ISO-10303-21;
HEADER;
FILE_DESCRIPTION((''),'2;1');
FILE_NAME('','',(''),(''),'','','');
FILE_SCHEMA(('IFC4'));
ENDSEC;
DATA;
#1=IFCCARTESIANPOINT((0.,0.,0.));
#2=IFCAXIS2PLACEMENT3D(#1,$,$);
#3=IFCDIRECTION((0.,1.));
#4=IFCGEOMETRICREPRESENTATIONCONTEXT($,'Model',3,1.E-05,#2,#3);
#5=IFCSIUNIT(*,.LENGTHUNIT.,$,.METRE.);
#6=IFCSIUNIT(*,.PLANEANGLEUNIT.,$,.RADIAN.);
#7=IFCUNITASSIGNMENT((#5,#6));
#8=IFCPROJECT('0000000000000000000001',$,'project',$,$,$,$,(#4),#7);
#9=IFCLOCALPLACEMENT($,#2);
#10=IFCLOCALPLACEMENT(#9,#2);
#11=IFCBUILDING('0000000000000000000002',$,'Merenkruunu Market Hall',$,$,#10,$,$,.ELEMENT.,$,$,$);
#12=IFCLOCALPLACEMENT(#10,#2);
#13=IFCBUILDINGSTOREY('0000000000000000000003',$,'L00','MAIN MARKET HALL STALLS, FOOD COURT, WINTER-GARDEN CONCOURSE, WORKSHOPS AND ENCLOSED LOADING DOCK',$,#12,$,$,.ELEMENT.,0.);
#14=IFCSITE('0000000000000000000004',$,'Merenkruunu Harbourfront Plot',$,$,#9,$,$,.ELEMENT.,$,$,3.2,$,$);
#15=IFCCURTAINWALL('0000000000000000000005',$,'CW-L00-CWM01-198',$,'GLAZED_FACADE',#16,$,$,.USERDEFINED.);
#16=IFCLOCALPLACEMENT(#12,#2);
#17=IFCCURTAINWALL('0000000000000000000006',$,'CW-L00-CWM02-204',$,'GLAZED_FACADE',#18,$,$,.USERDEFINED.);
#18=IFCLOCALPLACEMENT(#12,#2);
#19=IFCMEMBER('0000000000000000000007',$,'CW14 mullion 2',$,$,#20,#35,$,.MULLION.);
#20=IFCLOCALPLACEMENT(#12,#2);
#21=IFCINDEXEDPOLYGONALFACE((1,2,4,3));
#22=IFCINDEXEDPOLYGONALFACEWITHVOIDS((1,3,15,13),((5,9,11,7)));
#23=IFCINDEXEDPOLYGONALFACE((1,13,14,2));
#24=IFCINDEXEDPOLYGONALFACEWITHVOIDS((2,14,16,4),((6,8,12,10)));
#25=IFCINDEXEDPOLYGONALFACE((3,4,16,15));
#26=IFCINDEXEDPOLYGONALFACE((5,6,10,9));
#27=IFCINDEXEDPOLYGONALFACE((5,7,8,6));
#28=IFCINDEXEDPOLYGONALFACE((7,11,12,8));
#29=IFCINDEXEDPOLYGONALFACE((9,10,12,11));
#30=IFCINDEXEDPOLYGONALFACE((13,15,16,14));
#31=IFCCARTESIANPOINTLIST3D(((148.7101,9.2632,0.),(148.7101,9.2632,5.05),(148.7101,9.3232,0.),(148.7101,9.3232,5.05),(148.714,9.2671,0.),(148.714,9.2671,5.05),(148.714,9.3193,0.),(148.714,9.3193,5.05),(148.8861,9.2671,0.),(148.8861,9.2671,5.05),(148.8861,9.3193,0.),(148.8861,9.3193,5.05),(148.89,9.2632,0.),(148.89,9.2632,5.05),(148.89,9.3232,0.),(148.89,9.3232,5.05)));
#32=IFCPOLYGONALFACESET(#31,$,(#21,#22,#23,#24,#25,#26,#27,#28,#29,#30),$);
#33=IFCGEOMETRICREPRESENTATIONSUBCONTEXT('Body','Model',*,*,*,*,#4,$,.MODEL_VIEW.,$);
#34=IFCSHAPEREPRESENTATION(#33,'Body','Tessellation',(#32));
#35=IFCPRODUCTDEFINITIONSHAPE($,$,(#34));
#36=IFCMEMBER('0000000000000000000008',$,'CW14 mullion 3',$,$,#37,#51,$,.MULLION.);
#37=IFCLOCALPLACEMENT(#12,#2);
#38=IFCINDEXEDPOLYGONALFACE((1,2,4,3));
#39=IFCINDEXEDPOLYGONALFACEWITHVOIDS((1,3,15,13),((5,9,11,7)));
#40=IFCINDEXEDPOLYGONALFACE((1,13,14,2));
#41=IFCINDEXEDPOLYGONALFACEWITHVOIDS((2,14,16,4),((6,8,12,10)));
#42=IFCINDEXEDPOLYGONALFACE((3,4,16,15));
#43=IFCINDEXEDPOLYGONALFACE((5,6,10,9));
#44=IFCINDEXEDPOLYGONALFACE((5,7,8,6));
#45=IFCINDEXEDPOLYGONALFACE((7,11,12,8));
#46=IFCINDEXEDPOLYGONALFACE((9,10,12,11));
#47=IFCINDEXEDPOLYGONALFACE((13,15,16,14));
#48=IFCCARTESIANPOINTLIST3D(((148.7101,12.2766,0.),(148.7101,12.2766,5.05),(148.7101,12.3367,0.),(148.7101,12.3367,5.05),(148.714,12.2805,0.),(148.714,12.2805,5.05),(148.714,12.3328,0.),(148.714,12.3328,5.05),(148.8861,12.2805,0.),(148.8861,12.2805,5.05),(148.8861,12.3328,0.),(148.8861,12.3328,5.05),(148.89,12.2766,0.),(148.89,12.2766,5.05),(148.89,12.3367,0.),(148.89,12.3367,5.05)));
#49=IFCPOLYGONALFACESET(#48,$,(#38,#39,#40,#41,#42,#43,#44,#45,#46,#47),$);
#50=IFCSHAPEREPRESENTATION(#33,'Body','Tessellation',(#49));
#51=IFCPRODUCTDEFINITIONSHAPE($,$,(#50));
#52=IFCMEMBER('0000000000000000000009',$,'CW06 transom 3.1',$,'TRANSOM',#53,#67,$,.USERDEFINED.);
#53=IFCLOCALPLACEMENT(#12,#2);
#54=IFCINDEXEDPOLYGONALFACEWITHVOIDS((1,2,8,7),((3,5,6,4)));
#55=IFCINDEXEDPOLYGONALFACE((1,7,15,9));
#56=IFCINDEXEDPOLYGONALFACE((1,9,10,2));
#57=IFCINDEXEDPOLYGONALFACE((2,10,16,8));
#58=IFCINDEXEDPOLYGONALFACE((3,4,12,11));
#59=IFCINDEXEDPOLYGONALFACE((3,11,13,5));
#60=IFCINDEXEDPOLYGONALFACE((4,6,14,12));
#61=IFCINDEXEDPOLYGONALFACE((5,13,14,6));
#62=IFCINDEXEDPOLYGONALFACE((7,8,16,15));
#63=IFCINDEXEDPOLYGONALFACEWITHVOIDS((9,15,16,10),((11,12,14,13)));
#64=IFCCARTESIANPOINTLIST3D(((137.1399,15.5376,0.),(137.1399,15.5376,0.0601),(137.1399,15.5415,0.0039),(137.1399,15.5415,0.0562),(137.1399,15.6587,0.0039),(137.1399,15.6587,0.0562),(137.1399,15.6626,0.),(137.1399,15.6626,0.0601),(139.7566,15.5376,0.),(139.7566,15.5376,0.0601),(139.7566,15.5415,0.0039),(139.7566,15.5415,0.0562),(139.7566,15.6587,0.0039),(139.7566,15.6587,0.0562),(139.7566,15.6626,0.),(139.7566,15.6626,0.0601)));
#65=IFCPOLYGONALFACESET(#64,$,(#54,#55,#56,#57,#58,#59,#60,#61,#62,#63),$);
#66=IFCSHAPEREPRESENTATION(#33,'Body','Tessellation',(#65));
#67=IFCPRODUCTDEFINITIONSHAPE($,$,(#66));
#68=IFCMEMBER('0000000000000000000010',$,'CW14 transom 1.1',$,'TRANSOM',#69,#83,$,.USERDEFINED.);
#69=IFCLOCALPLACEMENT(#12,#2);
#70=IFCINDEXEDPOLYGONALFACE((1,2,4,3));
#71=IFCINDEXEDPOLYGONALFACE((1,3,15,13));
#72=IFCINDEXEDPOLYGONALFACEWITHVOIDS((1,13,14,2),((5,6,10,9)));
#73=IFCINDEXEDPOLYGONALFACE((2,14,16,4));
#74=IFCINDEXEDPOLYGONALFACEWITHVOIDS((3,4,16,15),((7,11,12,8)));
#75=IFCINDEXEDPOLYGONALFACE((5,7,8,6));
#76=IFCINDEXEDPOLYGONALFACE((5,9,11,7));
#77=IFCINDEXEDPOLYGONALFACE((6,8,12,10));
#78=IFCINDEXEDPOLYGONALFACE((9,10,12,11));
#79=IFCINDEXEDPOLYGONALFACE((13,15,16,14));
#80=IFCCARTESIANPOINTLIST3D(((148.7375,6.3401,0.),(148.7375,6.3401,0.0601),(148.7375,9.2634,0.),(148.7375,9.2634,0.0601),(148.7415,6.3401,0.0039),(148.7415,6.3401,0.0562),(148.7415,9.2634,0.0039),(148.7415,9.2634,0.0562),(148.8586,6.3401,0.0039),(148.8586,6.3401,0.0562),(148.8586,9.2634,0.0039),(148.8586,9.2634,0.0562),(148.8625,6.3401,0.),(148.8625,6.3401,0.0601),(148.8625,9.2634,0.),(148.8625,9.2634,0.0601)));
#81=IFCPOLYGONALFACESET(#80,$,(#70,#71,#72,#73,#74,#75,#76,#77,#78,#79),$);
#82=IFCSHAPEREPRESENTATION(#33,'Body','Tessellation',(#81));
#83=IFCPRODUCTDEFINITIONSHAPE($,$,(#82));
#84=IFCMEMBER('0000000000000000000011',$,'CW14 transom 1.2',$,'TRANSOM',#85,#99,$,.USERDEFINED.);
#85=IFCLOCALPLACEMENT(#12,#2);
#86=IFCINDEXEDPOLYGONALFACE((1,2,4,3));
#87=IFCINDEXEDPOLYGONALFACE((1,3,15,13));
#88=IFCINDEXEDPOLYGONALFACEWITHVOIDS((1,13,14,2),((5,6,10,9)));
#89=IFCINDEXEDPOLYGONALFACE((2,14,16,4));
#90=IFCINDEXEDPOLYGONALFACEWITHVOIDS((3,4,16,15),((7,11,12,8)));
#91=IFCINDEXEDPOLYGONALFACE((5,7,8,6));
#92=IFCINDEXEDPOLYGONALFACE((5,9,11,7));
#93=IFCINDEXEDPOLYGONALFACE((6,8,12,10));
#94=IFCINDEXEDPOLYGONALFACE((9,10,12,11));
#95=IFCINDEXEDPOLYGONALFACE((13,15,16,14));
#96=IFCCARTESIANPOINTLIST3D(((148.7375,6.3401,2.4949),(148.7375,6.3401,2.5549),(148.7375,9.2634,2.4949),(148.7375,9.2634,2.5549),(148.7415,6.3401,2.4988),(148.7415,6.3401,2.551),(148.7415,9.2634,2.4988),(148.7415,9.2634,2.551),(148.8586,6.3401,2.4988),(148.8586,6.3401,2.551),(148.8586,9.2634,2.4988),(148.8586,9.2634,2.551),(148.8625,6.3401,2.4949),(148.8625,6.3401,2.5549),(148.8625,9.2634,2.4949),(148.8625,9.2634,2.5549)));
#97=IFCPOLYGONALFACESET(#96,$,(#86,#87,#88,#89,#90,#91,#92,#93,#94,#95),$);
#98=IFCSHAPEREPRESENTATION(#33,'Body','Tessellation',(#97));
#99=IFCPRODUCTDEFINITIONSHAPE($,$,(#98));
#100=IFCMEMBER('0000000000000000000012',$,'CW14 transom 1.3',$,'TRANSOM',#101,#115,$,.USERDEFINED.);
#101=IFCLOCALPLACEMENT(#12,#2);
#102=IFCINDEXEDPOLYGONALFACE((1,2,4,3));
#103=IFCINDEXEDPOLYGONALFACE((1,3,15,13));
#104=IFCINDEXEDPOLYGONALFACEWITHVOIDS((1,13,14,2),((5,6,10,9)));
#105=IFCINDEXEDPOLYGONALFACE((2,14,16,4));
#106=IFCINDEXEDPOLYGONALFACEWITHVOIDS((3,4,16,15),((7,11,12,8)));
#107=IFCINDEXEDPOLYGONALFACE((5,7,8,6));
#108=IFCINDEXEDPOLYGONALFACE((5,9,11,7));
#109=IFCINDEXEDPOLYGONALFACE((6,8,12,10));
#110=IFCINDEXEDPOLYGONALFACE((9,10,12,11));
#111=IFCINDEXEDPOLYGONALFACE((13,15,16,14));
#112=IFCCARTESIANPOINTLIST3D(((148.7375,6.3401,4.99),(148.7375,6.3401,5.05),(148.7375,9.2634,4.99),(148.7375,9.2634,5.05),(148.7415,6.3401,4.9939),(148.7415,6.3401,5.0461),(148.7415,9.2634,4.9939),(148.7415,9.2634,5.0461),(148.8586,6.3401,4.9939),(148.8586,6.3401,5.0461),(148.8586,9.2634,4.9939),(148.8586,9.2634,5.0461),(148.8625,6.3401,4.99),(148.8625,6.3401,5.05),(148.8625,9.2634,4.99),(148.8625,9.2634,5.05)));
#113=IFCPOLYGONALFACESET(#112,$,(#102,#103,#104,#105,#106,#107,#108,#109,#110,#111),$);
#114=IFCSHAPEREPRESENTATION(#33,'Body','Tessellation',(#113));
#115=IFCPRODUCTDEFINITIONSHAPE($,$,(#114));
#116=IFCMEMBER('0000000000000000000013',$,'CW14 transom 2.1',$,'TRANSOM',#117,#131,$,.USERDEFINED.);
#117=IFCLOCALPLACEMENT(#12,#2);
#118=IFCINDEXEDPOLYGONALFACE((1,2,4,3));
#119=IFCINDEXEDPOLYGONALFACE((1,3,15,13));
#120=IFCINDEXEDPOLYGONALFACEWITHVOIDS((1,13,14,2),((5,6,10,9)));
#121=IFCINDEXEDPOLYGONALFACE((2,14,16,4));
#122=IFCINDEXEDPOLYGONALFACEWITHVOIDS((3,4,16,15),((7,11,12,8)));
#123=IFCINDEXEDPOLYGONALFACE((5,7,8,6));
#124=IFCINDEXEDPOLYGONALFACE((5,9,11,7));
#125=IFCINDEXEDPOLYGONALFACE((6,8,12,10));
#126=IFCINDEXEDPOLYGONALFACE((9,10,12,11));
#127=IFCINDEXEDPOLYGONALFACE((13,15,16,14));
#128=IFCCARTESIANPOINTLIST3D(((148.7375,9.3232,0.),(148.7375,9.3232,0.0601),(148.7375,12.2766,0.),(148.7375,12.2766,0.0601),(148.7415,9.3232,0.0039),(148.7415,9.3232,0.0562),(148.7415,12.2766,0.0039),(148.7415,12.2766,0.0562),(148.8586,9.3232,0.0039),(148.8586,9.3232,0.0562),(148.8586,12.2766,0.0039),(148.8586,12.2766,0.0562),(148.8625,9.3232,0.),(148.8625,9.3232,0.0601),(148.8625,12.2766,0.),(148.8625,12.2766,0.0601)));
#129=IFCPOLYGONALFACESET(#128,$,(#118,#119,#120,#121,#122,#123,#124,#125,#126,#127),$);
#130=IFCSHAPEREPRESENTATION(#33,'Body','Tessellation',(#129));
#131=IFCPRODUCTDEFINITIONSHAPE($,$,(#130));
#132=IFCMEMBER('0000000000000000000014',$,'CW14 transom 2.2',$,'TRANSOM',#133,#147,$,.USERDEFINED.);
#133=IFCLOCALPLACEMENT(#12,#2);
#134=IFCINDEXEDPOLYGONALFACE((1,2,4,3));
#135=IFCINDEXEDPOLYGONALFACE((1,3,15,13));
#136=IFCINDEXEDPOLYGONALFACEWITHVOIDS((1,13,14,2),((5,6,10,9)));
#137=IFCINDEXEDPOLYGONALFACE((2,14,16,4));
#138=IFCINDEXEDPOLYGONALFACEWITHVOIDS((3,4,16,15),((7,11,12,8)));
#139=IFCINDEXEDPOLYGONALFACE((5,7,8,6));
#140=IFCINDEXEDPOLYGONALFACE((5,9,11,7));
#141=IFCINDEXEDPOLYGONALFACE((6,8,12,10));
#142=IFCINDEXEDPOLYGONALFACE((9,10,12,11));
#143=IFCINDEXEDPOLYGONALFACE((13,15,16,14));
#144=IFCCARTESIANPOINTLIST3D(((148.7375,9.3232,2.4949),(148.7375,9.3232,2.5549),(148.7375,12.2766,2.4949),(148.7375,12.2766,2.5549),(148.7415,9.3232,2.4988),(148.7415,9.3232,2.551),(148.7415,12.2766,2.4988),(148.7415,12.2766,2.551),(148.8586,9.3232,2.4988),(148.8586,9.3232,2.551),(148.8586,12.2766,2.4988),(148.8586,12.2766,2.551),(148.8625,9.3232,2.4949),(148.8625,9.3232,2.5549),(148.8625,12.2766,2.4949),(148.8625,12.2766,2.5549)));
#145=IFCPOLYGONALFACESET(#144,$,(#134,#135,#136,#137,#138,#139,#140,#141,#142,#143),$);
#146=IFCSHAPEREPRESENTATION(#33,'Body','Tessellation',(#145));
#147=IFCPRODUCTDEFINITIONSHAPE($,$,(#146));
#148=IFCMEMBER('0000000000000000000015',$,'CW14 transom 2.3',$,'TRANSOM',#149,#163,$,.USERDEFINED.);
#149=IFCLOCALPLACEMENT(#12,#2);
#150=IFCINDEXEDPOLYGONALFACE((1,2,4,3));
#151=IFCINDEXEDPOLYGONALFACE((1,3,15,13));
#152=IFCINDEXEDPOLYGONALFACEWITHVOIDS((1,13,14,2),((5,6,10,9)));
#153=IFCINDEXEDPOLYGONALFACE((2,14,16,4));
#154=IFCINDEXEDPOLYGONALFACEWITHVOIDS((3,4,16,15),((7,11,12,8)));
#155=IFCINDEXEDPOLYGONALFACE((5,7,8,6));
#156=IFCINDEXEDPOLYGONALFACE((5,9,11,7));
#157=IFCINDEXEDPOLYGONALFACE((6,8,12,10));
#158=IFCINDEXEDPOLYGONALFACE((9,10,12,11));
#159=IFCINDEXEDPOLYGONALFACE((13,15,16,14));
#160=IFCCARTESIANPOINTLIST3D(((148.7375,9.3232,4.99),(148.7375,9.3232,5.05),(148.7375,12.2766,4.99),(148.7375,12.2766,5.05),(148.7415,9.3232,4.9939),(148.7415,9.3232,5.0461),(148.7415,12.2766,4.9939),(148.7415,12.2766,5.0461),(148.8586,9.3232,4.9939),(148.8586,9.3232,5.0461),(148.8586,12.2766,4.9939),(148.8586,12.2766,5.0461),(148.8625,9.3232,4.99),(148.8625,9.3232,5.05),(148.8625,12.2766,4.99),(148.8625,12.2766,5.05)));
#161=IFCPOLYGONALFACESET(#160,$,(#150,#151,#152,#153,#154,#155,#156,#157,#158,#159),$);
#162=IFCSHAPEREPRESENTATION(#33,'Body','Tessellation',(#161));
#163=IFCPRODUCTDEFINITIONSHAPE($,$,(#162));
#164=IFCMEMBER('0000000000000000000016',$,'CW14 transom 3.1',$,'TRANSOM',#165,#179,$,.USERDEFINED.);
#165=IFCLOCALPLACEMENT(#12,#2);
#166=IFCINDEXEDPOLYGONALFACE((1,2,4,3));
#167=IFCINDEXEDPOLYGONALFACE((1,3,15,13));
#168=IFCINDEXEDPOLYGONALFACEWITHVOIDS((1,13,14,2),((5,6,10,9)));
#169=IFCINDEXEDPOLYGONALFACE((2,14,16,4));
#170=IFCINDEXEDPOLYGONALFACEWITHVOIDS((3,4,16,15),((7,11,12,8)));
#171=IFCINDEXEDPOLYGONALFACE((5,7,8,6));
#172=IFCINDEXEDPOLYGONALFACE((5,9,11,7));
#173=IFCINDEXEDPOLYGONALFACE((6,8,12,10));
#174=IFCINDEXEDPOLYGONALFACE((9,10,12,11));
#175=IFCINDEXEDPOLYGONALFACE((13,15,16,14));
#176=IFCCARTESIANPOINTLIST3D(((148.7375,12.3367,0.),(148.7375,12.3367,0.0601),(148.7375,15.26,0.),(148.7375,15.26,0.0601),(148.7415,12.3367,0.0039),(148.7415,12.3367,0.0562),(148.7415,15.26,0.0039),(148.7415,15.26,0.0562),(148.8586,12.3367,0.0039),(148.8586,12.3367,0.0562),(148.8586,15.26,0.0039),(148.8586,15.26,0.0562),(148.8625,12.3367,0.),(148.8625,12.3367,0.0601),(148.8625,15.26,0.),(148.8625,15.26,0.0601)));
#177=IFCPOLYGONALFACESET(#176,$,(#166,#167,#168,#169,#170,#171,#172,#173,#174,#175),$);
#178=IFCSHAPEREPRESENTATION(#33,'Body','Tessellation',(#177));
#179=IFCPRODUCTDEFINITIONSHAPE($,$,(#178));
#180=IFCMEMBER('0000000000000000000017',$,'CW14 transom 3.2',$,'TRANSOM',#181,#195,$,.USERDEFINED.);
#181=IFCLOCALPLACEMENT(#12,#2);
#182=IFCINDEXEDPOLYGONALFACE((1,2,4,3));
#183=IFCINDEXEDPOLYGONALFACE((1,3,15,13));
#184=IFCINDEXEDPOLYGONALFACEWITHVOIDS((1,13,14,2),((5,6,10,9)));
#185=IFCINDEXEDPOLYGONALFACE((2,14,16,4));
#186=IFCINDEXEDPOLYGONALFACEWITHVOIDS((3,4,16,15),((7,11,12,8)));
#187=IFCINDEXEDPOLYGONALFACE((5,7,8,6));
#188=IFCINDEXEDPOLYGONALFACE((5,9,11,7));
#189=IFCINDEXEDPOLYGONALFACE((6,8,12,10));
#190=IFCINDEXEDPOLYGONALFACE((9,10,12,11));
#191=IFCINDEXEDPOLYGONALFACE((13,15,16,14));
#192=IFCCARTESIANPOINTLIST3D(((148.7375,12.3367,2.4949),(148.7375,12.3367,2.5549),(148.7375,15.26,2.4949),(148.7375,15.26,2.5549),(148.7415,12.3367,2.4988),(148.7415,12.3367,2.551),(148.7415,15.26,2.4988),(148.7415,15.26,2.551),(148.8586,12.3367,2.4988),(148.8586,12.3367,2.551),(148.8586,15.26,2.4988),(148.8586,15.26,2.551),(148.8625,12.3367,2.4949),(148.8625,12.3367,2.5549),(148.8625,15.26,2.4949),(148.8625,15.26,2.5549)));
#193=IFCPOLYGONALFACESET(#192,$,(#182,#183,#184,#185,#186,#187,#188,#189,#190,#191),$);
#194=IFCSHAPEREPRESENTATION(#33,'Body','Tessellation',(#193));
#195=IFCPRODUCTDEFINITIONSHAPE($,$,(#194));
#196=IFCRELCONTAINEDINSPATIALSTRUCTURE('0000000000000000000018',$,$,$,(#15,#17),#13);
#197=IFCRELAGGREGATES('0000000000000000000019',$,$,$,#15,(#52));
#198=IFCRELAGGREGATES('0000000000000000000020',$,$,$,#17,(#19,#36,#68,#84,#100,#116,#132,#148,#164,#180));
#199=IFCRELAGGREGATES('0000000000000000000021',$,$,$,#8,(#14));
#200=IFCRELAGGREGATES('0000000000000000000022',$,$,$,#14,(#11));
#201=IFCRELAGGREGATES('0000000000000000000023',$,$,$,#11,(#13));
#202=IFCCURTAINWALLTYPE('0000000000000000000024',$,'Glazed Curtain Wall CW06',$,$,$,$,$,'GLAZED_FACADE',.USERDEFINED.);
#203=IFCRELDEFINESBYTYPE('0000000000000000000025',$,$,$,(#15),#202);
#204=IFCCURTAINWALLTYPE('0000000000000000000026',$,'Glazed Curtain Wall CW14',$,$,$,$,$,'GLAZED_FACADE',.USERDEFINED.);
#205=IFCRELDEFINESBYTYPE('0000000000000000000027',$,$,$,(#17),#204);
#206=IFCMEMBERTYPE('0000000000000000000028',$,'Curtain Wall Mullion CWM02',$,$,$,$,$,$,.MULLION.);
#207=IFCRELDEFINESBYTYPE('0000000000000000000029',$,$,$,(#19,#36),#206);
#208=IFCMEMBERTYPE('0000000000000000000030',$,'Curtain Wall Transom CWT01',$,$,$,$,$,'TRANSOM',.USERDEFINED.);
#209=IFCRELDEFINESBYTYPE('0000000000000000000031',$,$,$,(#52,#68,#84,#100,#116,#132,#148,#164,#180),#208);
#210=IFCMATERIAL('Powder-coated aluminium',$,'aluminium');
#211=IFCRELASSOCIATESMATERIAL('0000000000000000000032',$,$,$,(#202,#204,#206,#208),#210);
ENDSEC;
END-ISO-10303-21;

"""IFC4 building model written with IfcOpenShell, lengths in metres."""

from ifc_helpers import new_model, si_unit, direction, frame, origin, origin_2d, place, context, subcontext, project, spatial, hollow_rectangle, extrude, material, material_profile, profile_set, type_object, element, aggregate, save


model = new_model("IFC4")

# Units and contexts
model_context = context("Model", 3, precision=1e-05, world=origin(), true_north=direction((0.0, 1.0)))
body_context = subcontext(model_context, "Body", "Model", "MODEL_VIEW")
ifc_project = project(units=[si_unit("LENGTHUNIT", "METRE"), si_unit("PLANEANGLEUNIT", "RADIAN")], contexts=[model_context])

# Site, building, storey
site_placement = place(None, origin())
site = spatial("IfcSite", under=ifc_project, at=site_placement, Name="Merenkruunu Harbourfront Plot", CompositionType="ELEMENT", RefElevation=3.2)
building_placement = place(site_placement, origin())
building = spatial("IfcBuilding", under=site, at=building_placement, Name="Merenkruunu Market Hall", CompositionType="ELEMENT")
storey_placement = place(building_placement, origin())
storey = spatial("IfcBuildingStorey", under=building, at=storey_placement, Name="L00", Description="MAIN MARKET HALL STALLS, FOOD COURT, WINTER-GARDEN CONCOURSE, WORKSHOPS AND ENCLOSED LOADING DOCK", CompositionType="ELEMENT", Elevation=0.0)

# Curtain wall
ifc_material_1 = material(Name="Powder-coated aluminium", Category="aluminium")
curtain_wall_type_1 = type_object("IfcCurtainWallType", Name="Glazed Curtain Wall CW06", ElementType="GLAZED_FACADE", PredefinedType="USERDEFINED", material=ifc_material_1)
curtain_wall_1_placement = place(storey_placement, origin())
curtain_wall_1 = element("IfcCurtainWall", 1, at=curtain_wall_1_placement, inside=storey, type_object=curtain_wall_type_1, Name="CW-L00-CWM01-198", ObjectType="GLAZED_FACADE", PredefinedType="USERDEFINED")

# Curtain wall, members
curtain_wall_type_2 = type_object("IfcCurtainWallType", Name="Glazed Curtain Wall CW14", ElementType="GLAZED_FACADE", PredefinedType="USERDEFINED", material=ifc_material_1)
curtain_wall_2_placement = place(storey_placement, origin())
curtain_wall_2 = element("IfcCurtainWall", 2, at=curtain_wall_2_placement, inside=storey, type_object=curtain_wall_type_2, Name="CW-L00-CWM02-204", ObjectType="GLAZED_FACADE", PredefinedType="USERDEFINED")
ifc_material_profile_1 = material_profile(ifc_material_1, hollow_rectangle(XDim=0.0601, YDim=0.1799, WallThickness=0.0039, at=origin_2d()), Name="ALU 60x180x4")
ifc_profile_set_1 = profile_set([ifc_material_profile_1], Name="Powder-coated aluminium")
member_type_1 = type_object("IfcMemberType", Name="Curtain Wall Mullion CWM02", PredefinedType="MULLION", material=ifc_profile_set_1)
member_1_placement = place(storey_placement, frame((148.8, 9.2932, 0.0), z_axis=(0.0, 0.0, 1.0), x_axis=(0.0, 1.0, 0.0)))
member_1 = element("IfcMember", 3, at=member_1_placement, type_object=member_type_1, Name="CW14 mullion 2", PredefinedType="MULLION", context=body_context, shape_type="SweptSolid", body=[
    extrude(hollow_rectangle(XDim=0.0601, YDim=0.1799, WallThickness=0.0039, at=origin_2d()), origin(), (0.0, 0.0, 1.0), 5.05),
])
member_2_placement = place(storey_placement, frame((148.8, 12.3066, 0.0), z_axis=(0.0, 0.0, 1.0), x_axis=(0.0, 1.0, 0.0)))
member_2 = element("IfcMember", 4, at=member_2_placement, type_object=member_type_1, Name="CW14 mullion 3", PredefinedType="MULLION", context=body_context, shape_type="SweptSolid", body=[
    extrude(hollow_rectangle(XDim=0.0601, YDim=0.1799, WallThickness=0.0039, at=origin_2d()), origin(), (0.0, 0.0, 1.0), 5.05),
])

# Members
ifc_material_profile_2 = material_profile(ifc_material_1, hollow_rectangle(XDim=0.0601, YDim=0.125, WallThickness=0.0039, at=origin_2d()), Name="ALU 60x125x4")
ifc_profile_set_2 = profile_set([ifc_material_profile_2], Name="Powder-coated aluminium")
member_type_2 = type_object("IfcMemberType", Name="Curtain Wall Transom CWT01", ElementType="TRANSOM", PredefinedType="USERDEFINED", material=ifc_profile_set_2)
member_3_placement = place(storey_placement, frame((139.7566, 15.6001, 0.03), z_axis=(-1.0, 0.0, 0.0), x_axis=(0.0, 0.0, 1.0)))
member_3 = element("IfcMember", 5, at=member_3_placement, type_object=member_type_2, Name="CW06 transom 3.1", ObjectType="TRANSOM", PredefinedType="USERDEFINED", context=body_context, shape_type="SweptSolid", body=[
    extrude(hollow_rectangle(XDim=0.0601, YDim=0.125, WallThickness=0.0039, at=origin_2d()), origin(), (0.0, 0.0, 1.0), 2.6167),
])
member_4_placement = place(storey_placement, frame((148.8, 6.3401, 0.03), z_axis=(0.0, 1.0, 0.0), x_axis=(0.0, 0.0, 1.0)))
member_4 = element("IfcMember", 6, at=member_4_placement, type_object=member_type_2, Name="CW14 transom 1.1", ObjectType="TRANSOM", PredefinedType="USERDEFINED", context=body_context, shape_type="SweptSolid", body=[
    extrude(hollow_rectangle(XDim=0.0601, YDim=0.125, WallThickness=0.0039, at=origin_2d()), origin(), (0.0, 0.0, 1.0), 2.9233),
])
member_5_placement = place(storey_placement, frame((148.8, 6.3401, 2.5249), z_axis=(0.0, 1.0, 0.0), x_axis=(0.0, 0.0, 1.0)))
member_5 = element("IfcMember", 7, at=member_5_placement, type_object=member_type_2, Name="CW14 transom 1.2", ObjectType="TRANSOM", PredefinedType="USERDEFINED", context=body_context, shape_type="SweptSolid", body=[
    extrude(hollow_rectangle(XDim=0.0601, YDim=0.125, WallThickness=0.0039, at=origin_2d()), origin(), (0.0, 0.0, 1.0), 2.9233),
])
member_6_placement = place(storey_placement, frame((148.8, 6.3401, 5.02), z_axis=(0.0, 1.0, 0.0), x_axis=(0.0, 0.0, 1.0)))
member_6 = element("IfcMember", 8, at=member_6_placement, type_object=member_type_2, Name="CW14 transom 1.3", ObjectType="TRANSOM", PredefinedType="USERDEFINED", context=body_context, shape_type="SweptSolid", body=[
    extrude(hollow_rectangle(XDim=0.0601, YDim=0.125, WallThickness=0.0039, at=origin_2d()), origin(), (0.0, 0.0, 1.0), 2.9233),
])
member_7_placement = place(storey_placement, frame((148.8, 9.3232, 0.03), z_axis=(0.0, 1.0, 0.0), x_axis=(0.0, 0.0, 1.0)))
member_7 = element("IfcMember", 9, at=member_7_placement, type_object=member_type_2, Name="CW14 transom 2.1", ObjectType="TRANSOM", PredefinedType="USERDEFINED", context=body_context, shape_type="SweptSolid", body=[
    extrude(hollow_rectangle(XDim=0.0601, YDim=0.125, WallThickness=0.0039, at=origin_2d()), origin(), (0.0, 0.0, 1.0), 2.9534),
])
member_8_placement = place(storey_placement, frame((148.8, 9.3232, 2.5249), z_axis=(0.0, 1.0, 0.0), x_axis=(0.0, 0.0, 1.0)))
member_8 = element("IfcMember", 10, at=member_8_placement, type_object=member_type_2, Name="CW14 transom 2.2", ObjectType="TRANSOM", PredefinedType="USERDEFINED", context=body_context, shape_type="SweptSolid", body=[
    extrude(hollow_rectangle(XDim=0.0601, YDim=0.125, WallThickness=0.0039, at=origin_2d()), origin(), (0.0, 0.0, 1.0), 2.9534),
])
member_9_placement = place(storey_placement, frame((148.8, 9.3232, 5.02), z_axis=(0.0, 1.0, 0.0), x_axis=(0.0, 0.0, 1.0)))
member_9 = element("IfcMember", 11, at=member_9_placement, type_object=member_type_2, Name="CW14 transom 2.3", ObjectType="TRANSOM", PredefinedType="USERDEFINED", context=body_context, shape_type="SweptSolid", body=[
    extrude(hollow_rectangle(XDim=0.0601, YDim=0.125, WallThickness=0.0039, at=origin_2d()), origin(), (0.0, 0.0, 1.0), 2.9534),
])
member_10_placement = place(storey_placement, frame((148.8, 12.3367, 0.03), z_axis=(0.0, 1.0, 0.0), x_axis=(0.0, 0.0, 1.0)))
member_10 = element("IfcMember", 12, at=member_10_placement, type_object=member_type_2, Name="CW14 transom 3.1", ObjectType="TRANSOM", PredefinedType="USERDEFINED", context=body_context, shape_type="SweptSolid", body=[
    extrude(hollow_rectangle(XDim=0.0601, YDim=0.125, WallThickness=0.0039, at=origin_2d()), origin(), (0.0, 0.0, 1.0), 2.9233),
])
member_11_placement = place(storey_placement, frame((148.8, 12.3367, 2.5249), z_axis=(0.0, 1.0, 0.0), x_axis=(0.0, 0.0, 1.0)))
member_11 = element("IfcMember", 13, at=member_11_placement, type_object=member_type_2, Name="CW14 transom 3.2", ObjectType="TRANSOM", PredefinedType="USERDEFINED", context=body_context, shape_type="SweptSolid", body=[
    extrude(hollow_rectangle(XDim=0.0601, YDim=0.125, WallThickness=0.0039, at=origin_2d()), origin(), (0.0, 0.0, 1.0), 2.9233),
])

aggregate(curtain_wall_1, [member_3])
aggregate(curtain_wall_2, [member_1, member_2, member_4, member_5, member_6, member_7, member_8, member_9, member_10, member_11])

save(model, "model.ifc")
